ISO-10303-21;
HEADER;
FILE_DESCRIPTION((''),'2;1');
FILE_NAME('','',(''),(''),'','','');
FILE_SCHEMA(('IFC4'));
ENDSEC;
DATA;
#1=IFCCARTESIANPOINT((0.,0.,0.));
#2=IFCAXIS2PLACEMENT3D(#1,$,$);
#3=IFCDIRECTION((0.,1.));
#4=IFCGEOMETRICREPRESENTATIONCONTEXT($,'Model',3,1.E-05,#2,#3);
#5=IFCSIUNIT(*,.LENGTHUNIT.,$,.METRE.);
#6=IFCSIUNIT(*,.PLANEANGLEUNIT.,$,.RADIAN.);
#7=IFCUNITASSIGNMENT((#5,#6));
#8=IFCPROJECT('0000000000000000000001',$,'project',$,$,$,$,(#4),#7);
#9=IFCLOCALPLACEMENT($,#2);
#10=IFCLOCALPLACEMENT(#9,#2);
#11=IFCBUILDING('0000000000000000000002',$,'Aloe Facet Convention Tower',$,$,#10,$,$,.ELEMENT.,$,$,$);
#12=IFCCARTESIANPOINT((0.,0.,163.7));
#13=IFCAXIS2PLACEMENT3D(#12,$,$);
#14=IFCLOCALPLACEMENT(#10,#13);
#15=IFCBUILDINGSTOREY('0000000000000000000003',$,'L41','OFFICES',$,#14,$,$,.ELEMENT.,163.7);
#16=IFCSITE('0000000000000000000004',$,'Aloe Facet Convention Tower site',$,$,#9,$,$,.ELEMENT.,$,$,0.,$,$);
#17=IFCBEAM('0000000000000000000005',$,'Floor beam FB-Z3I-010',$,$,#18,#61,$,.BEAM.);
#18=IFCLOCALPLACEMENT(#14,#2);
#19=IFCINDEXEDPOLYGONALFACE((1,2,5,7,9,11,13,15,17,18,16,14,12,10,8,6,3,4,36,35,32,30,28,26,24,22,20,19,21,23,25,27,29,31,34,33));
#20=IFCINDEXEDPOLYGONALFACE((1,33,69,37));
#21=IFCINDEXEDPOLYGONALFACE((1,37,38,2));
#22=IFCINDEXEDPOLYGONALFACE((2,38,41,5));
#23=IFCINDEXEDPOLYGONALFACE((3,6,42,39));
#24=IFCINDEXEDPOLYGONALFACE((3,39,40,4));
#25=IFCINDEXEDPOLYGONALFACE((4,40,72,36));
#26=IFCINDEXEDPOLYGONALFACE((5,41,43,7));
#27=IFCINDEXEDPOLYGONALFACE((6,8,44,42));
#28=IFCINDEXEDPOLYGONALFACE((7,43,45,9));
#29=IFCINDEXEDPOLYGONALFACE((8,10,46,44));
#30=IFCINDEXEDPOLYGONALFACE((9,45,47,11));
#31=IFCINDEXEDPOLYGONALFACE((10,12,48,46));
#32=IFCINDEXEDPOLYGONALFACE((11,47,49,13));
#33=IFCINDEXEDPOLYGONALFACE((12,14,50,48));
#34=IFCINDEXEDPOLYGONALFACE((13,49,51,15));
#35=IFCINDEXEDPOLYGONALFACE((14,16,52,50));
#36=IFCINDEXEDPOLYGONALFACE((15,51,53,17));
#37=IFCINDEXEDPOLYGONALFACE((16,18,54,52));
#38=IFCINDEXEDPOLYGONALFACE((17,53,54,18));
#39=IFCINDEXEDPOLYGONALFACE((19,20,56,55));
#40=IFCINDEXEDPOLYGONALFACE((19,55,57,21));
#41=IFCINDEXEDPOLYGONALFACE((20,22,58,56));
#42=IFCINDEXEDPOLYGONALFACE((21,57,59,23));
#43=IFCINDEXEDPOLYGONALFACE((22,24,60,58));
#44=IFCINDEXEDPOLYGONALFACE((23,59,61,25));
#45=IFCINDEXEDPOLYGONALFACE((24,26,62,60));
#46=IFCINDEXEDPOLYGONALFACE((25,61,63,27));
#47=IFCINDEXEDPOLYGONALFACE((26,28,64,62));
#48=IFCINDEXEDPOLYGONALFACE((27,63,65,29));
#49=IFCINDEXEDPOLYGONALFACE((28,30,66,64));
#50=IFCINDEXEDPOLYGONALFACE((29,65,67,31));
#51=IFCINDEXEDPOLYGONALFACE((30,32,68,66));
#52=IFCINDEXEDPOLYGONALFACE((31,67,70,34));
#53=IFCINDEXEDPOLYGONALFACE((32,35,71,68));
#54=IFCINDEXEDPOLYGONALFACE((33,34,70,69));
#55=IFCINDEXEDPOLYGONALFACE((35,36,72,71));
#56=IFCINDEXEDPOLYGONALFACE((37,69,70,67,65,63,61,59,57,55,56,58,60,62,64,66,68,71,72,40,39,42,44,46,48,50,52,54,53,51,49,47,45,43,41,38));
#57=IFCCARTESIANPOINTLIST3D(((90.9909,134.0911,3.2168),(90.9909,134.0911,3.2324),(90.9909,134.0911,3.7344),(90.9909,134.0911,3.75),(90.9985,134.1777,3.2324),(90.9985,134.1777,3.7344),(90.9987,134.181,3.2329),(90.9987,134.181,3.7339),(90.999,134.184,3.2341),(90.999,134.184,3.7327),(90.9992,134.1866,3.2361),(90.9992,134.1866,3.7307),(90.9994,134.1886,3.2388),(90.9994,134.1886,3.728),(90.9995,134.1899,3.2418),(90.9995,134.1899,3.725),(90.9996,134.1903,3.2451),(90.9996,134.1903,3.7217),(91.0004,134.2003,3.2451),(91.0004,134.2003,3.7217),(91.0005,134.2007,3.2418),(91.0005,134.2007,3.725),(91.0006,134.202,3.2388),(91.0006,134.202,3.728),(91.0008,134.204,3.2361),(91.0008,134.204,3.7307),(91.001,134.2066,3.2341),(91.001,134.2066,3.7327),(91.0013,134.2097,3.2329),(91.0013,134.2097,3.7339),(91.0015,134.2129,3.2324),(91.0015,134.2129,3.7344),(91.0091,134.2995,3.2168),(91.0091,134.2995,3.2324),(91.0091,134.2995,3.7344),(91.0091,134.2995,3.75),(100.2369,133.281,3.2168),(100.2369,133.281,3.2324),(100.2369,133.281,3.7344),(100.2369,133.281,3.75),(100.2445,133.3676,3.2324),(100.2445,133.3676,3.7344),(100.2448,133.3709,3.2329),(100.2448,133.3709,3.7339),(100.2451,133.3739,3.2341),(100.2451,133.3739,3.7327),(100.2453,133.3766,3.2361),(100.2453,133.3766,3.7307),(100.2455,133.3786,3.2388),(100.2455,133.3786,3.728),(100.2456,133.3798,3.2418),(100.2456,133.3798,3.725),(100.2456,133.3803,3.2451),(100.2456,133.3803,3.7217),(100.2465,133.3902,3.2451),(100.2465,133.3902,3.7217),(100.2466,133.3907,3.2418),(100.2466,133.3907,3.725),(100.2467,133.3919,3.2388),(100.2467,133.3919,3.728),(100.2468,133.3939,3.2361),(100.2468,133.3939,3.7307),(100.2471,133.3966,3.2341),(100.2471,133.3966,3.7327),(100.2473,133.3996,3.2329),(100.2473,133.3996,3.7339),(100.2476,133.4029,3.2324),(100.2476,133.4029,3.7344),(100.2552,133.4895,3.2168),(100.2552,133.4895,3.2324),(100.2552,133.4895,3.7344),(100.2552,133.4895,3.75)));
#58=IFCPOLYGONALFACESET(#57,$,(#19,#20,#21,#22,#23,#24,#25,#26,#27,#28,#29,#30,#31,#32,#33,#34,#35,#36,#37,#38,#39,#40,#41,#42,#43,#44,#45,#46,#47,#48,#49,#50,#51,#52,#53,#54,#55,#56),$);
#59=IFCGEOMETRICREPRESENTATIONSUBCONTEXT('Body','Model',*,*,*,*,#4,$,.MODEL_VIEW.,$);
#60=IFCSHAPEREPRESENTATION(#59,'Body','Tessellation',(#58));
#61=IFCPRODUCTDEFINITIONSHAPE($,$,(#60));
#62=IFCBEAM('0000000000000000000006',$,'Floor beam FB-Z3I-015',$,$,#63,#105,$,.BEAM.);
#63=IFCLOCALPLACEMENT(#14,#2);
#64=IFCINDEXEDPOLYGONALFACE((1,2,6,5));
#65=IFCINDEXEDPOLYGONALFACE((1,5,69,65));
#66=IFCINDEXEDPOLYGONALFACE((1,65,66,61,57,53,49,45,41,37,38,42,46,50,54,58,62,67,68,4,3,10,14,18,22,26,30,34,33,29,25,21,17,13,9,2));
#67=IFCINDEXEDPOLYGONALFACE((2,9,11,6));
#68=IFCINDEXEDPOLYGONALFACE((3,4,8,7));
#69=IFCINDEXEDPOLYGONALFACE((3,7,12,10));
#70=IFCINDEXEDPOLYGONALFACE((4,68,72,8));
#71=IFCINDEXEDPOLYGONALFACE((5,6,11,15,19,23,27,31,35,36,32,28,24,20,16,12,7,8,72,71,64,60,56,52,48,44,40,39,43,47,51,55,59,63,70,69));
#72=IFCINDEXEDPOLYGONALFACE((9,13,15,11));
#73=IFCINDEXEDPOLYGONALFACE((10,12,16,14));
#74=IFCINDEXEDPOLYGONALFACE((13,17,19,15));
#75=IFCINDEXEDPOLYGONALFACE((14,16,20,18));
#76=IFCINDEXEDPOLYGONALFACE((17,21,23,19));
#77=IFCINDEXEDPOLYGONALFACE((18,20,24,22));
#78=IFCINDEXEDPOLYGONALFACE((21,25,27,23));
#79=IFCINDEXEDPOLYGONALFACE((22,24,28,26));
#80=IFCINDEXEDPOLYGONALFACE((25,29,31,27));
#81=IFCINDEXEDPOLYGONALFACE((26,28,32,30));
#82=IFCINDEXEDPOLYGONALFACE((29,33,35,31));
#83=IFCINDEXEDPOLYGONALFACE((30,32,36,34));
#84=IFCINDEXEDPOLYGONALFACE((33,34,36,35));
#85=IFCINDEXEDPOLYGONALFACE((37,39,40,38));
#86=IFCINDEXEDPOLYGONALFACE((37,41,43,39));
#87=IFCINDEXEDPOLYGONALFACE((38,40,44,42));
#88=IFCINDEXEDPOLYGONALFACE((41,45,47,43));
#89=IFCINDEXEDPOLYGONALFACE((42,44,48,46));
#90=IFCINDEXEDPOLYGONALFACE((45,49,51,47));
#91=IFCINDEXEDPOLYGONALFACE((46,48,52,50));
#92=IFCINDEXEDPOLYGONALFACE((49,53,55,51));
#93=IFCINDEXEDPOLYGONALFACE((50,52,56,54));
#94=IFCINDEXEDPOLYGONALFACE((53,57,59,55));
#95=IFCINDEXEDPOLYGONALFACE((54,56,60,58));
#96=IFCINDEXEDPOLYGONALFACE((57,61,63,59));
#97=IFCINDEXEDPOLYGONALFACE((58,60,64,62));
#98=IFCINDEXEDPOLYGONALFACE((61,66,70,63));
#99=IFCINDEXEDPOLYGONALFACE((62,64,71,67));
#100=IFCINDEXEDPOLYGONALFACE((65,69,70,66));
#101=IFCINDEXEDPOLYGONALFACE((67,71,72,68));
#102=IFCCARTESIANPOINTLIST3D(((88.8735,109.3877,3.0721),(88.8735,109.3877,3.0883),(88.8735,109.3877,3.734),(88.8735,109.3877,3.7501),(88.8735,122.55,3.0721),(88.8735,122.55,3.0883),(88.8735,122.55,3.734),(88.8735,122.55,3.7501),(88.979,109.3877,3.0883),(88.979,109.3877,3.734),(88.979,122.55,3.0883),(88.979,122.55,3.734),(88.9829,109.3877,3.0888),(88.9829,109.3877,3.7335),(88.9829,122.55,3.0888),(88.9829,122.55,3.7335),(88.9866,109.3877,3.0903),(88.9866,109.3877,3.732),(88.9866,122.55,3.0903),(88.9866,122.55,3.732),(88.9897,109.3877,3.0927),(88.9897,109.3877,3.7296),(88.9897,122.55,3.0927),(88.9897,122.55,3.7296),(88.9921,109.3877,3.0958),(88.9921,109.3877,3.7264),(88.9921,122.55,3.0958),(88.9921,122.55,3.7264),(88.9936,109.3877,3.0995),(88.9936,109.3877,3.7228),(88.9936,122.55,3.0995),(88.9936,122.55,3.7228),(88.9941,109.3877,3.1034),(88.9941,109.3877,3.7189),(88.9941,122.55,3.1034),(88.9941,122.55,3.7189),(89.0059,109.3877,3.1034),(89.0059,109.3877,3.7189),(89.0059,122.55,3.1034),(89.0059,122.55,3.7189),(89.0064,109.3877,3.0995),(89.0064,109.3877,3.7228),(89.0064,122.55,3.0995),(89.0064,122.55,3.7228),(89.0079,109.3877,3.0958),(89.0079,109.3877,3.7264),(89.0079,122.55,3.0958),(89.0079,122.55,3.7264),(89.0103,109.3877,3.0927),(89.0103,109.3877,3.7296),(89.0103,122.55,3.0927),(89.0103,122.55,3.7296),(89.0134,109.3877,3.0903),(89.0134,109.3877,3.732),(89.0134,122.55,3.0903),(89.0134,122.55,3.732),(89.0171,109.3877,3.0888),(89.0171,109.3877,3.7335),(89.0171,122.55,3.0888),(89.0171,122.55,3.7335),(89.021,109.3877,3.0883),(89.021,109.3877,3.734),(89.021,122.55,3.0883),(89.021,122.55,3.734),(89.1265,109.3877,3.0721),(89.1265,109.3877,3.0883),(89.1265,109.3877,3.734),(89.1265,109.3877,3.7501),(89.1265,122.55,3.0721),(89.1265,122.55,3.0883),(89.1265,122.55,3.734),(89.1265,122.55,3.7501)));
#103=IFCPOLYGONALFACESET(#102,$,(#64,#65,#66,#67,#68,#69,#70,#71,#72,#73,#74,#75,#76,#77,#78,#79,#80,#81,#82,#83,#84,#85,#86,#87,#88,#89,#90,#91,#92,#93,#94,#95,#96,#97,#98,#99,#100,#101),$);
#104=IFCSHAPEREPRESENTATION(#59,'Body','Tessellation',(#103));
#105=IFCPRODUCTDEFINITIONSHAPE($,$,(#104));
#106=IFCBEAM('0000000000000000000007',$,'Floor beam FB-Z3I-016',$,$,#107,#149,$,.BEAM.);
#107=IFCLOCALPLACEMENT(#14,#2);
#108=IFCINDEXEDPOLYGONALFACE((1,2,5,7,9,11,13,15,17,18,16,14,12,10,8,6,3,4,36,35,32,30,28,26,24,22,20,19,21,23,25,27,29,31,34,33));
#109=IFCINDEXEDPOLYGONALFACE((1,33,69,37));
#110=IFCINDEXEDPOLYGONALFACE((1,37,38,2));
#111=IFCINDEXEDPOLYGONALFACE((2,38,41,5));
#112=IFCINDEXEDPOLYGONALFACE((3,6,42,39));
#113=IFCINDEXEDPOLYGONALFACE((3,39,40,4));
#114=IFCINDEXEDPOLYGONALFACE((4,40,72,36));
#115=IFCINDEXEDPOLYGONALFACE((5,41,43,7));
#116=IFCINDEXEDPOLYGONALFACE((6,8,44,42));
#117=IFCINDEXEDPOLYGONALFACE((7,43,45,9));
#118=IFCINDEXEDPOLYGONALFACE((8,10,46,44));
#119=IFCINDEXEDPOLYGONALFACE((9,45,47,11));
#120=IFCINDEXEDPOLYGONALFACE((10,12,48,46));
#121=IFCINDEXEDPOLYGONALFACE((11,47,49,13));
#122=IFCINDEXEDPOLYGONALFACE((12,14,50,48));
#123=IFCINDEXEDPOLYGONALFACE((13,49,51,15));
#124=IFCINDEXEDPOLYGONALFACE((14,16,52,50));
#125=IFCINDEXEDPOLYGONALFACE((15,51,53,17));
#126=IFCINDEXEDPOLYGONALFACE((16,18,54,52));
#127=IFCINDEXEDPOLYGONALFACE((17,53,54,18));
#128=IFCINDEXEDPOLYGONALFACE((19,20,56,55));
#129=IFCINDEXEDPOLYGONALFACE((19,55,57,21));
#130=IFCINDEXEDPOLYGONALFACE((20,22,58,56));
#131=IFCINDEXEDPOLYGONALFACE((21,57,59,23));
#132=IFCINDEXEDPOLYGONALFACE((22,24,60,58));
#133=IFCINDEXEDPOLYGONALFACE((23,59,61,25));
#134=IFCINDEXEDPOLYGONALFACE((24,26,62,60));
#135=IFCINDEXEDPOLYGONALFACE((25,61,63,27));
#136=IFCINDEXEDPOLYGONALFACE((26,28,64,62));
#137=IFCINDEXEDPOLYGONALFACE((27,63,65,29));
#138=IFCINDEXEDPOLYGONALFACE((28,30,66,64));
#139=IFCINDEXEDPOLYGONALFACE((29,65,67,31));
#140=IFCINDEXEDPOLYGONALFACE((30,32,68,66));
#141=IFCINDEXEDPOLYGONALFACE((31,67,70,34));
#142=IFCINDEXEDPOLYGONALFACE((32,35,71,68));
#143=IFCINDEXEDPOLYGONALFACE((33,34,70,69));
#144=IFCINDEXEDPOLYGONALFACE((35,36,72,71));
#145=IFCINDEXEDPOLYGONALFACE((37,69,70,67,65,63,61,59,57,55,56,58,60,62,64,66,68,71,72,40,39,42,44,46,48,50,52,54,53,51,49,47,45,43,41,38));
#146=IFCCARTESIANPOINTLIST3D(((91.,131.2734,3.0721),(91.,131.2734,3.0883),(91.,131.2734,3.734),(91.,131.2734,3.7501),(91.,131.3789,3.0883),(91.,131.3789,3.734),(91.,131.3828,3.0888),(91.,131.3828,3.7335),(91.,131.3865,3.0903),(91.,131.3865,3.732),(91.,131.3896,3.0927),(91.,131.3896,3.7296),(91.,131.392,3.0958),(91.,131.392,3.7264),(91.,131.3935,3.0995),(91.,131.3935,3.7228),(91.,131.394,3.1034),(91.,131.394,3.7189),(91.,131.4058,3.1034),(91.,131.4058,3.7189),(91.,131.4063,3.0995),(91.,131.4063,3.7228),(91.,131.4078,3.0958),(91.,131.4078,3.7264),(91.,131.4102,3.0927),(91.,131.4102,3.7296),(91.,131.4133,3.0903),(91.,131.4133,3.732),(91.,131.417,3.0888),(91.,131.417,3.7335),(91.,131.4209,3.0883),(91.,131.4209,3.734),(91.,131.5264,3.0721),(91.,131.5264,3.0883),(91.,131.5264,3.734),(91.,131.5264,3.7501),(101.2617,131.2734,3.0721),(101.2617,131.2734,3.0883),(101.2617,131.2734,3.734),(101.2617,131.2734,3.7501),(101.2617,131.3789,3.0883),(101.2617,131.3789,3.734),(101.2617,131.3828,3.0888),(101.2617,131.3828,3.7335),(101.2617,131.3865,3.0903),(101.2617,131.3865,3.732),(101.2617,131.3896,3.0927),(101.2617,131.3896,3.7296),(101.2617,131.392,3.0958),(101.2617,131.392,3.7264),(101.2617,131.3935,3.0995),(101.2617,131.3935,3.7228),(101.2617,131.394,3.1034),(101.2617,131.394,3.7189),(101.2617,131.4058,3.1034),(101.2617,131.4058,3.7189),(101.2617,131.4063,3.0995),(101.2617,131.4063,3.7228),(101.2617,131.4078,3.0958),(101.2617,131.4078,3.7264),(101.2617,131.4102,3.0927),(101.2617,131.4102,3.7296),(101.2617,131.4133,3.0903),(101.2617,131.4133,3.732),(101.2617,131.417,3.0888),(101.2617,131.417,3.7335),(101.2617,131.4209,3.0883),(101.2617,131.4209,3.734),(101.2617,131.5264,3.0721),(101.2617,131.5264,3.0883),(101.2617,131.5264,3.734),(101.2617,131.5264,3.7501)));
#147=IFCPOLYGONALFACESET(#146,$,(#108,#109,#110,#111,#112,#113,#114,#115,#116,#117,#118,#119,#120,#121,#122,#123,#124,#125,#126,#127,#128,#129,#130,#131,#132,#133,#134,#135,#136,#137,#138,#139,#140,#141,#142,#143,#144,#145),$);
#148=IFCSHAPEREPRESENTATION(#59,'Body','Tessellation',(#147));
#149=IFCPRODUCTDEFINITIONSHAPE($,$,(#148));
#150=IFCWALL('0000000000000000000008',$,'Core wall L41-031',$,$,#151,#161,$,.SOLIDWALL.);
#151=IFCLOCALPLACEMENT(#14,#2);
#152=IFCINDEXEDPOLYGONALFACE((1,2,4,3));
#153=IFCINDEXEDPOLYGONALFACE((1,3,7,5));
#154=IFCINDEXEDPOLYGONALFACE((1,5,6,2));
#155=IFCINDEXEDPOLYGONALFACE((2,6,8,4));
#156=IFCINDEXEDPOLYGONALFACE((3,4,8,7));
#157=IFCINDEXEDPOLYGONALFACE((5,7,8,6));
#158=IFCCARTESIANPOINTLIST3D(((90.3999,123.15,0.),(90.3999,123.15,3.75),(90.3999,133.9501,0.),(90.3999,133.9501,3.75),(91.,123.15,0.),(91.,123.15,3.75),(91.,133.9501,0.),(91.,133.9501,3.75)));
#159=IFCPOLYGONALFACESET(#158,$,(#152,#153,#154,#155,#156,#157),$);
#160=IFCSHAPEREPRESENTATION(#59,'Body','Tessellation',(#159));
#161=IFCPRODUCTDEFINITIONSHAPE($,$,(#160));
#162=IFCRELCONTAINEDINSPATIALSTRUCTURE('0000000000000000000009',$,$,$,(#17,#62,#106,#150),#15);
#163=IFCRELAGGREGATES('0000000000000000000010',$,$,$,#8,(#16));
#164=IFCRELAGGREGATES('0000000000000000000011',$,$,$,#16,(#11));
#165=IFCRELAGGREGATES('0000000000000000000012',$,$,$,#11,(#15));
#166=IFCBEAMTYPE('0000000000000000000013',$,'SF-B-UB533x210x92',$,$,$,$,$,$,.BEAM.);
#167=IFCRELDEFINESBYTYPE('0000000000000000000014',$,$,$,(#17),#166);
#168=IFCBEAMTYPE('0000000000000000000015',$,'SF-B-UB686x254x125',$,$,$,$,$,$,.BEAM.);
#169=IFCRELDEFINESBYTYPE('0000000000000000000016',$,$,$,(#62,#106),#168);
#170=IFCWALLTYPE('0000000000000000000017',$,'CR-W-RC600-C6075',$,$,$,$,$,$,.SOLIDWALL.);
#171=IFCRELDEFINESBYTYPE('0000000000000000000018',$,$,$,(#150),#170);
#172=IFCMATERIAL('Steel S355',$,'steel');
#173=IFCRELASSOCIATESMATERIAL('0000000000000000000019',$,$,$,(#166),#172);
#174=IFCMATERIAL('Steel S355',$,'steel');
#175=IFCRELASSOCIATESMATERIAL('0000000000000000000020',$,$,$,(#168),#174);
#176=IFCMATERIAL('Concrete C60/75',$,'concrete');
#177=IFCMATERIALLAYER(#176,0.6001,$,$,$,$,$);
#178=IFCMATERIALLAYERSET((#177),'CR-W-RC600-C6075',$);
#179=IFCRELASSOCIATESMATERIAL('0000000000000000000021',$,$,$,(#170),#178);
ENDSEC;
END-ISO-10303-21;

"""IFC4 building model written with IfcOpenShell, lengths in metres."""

from ifc_helpers import new_model, si_unit, direction, frame, frame_2d, origin, origin_2d, place, context, subcontext, project, spatial, rectangle, i_section, extrude, material, layer, layer_set, material_profile, profile_set, type_object, element, save


model = new_model("IFC4")

# Units and contexts
model_context = context("Model", 3, precision=1e-05, world=origin(), true_north=direction((0.0, 1.0)))
body_context = subcontext(model_context, "Body", "Model", "MODEL_VIEW")
ifc_project = project(units=[si_unit("LENGTHUNIT", "METRE"), si_unit("PLANEANGLEUNIT", "RADIAN")], contexts=[model_context])

# Site, building, storey
site_placement = place(None, origin())
site = spatial("IfcSite", under=ifc_project, at=site_placement, Name="Aloe Facet Convention Tower site", CompositionType="ELEMENT", RefElevation=0.0)
building_placement = place(site_placement, origin())
building = spatial("IfcBuilding", under=site, at=building_placement, Name="Aloe Facet Convention Tower", CompositionType="ELEMENT")
storey_placement = place(building_placement, frame((0.0, 0.0, 163.7)))
storey = spatial("IfcBuildingStorey", under=building, at=storey_placement, Name="L41", Description="OFFICES", CompositionType="ELEMENT", Elevation=163.7)

# Beams
ifc_material_1 = material(Name="Steel S355", Category="steel")
ifc_material_profile_1 = material_profile(ifc_material_1, i_section(OverallWidth=0.2092, OverallDepth=0.5332, WebThickness=0.01, FlangeThickness=0.0156, FilletRadius=0.0127, at=origin_2d()), Name="UB 533x210x92")
ifc_profile_set_1 = profile_set([ifc_material_profile_1], Name="Steel S355")
beam_type_1 = type_object("IfcBeamType", Name="SF-B-UB533x210x92", PredefinedType="BEAM", material=ifc_profile_set_1)
beam_1_placement = place(storey_placement, frame((91.0, 134.1953, 3.4834), z_axis=(0.996184, -0.087277, 0.0), x_axis=(0.087277, 0.996184, 0.0)))
element("IfcBeam", 1, at=beam_1_placement, inside=storey, type_object=beam_type_1, Name="Floor beam FB-Z3I-010", PredefinedType="BEAM", context=body_context, shape_type="SweptSolid", body=[
    extrude(i_section(OverallWidth=0.2092, OverallDepth=0.5332, WebThickness=0.01, FlangeThickness=0.0156, FilletRadius=0.0127, at=origin_2d()), origin(), (0.0, 0.0, 1.0), 9.2815),
])
ifc_material_2 = material(Name="Steel S355", Category="steel")
ifc_material_profile_2 = material_profile(ifc_material_2, i_section(OverallWidth=0.2529, OverallDepth=0.678, WebThickness=0.0117, FlangeThickness=0.0161, FilletRadius=0.0151, at=origin_2d()), Name="UB 686x254x125")
ifc_profile_set_2 = profile_set([ifc_material_profile_2], Name="Steel S355")
beam_type_2 = type_object("IfcBeamType", Name="SF-B-UB686x254x125", PredefinedType="BEAM", material=ifc_profile_set_2)
beam_2_placement = place(storey_placement, frame((89.0, 122.55, 3.4111), z_axis=(0.0, -1.0, 0.0), x_axis=(1.0, 0.0, 0.0)))
element("IfcBeam", 2, at=beam_2_placement, inside=storey, type_object=beam_type_2, Name="Floor beam FB-Z3I-015", PredefinedType="BEAM", context=body_context, shape_type="SweptSolid", body=[
    extrude(i_section(OverallWidth=0.2529, OverallDepth=0.678, WebThickness=0.0117, FlangeThickness=0.0161, FilletRadius=0.0151, at=origin_2d()), origin(), (0.0, 0.0, 1.0), 13.1624),
])
beam_3_placement = place(storey_placement, frame((91.0, 131.3999, 3.4111), z_axis=(1.0, 0.0, 0.0), x_axis=(0.0, 1.0, 0.0)))
element("IfcBeam", 3, at=beam_3_placement, inside=storey, type_object=beam_type_2, Name="Floor beam FB-Z3I-016", PredefinedType="BEAM", context=body_context, shape_type="SweptSolid", body=[
    extrude(i_section(OverallWidth=0.2529, OverallDepth=0.678, WebThickness=0.0117, FlangeThickness=0.0161, FilletRadius=0.0151, at=origin_2d()), origin(), (0.0, 0.0, 1.0), 10.2617),
])

# Wall
ifc_material_3 = material(Name="Concrete C60/75", Category="concrete")
ifc_layer_1 = layer(ifc_material_3, 0.6001)
ifc_layer_set_1 = layer_set([ifc_layer_1], Name="CR-W-RC600-C6075")
wall_type_1 = type_object("IfcWallType", Name="CR-W-RC600-C6075", PredefinedType="SOLIDWALL", material=ifc_layer_set_1)
wall_1_placement = place(storey_placement, frame((90.7, 133.95, 0.0), z_axis=(0.0, 0.0, 1.0), x_axis=(0.0, -1.0, 0.0)))
element("IfcWall", 4, at=wall_1_placement, inside=storey, type_object=wall_type_1, Name="Core wall L41-031", PredefinedType="SOLIDWALL", context=body_context, shape_type="SweptSolid", body=[
    extrude(rectangle(XDim=10.8, YDim=0.6001, at=frame_2d((5.3999, 0.0))), origin(), (0.0, 0.0, 1.0), 3.75),
])

save(model, "model.ifc")
